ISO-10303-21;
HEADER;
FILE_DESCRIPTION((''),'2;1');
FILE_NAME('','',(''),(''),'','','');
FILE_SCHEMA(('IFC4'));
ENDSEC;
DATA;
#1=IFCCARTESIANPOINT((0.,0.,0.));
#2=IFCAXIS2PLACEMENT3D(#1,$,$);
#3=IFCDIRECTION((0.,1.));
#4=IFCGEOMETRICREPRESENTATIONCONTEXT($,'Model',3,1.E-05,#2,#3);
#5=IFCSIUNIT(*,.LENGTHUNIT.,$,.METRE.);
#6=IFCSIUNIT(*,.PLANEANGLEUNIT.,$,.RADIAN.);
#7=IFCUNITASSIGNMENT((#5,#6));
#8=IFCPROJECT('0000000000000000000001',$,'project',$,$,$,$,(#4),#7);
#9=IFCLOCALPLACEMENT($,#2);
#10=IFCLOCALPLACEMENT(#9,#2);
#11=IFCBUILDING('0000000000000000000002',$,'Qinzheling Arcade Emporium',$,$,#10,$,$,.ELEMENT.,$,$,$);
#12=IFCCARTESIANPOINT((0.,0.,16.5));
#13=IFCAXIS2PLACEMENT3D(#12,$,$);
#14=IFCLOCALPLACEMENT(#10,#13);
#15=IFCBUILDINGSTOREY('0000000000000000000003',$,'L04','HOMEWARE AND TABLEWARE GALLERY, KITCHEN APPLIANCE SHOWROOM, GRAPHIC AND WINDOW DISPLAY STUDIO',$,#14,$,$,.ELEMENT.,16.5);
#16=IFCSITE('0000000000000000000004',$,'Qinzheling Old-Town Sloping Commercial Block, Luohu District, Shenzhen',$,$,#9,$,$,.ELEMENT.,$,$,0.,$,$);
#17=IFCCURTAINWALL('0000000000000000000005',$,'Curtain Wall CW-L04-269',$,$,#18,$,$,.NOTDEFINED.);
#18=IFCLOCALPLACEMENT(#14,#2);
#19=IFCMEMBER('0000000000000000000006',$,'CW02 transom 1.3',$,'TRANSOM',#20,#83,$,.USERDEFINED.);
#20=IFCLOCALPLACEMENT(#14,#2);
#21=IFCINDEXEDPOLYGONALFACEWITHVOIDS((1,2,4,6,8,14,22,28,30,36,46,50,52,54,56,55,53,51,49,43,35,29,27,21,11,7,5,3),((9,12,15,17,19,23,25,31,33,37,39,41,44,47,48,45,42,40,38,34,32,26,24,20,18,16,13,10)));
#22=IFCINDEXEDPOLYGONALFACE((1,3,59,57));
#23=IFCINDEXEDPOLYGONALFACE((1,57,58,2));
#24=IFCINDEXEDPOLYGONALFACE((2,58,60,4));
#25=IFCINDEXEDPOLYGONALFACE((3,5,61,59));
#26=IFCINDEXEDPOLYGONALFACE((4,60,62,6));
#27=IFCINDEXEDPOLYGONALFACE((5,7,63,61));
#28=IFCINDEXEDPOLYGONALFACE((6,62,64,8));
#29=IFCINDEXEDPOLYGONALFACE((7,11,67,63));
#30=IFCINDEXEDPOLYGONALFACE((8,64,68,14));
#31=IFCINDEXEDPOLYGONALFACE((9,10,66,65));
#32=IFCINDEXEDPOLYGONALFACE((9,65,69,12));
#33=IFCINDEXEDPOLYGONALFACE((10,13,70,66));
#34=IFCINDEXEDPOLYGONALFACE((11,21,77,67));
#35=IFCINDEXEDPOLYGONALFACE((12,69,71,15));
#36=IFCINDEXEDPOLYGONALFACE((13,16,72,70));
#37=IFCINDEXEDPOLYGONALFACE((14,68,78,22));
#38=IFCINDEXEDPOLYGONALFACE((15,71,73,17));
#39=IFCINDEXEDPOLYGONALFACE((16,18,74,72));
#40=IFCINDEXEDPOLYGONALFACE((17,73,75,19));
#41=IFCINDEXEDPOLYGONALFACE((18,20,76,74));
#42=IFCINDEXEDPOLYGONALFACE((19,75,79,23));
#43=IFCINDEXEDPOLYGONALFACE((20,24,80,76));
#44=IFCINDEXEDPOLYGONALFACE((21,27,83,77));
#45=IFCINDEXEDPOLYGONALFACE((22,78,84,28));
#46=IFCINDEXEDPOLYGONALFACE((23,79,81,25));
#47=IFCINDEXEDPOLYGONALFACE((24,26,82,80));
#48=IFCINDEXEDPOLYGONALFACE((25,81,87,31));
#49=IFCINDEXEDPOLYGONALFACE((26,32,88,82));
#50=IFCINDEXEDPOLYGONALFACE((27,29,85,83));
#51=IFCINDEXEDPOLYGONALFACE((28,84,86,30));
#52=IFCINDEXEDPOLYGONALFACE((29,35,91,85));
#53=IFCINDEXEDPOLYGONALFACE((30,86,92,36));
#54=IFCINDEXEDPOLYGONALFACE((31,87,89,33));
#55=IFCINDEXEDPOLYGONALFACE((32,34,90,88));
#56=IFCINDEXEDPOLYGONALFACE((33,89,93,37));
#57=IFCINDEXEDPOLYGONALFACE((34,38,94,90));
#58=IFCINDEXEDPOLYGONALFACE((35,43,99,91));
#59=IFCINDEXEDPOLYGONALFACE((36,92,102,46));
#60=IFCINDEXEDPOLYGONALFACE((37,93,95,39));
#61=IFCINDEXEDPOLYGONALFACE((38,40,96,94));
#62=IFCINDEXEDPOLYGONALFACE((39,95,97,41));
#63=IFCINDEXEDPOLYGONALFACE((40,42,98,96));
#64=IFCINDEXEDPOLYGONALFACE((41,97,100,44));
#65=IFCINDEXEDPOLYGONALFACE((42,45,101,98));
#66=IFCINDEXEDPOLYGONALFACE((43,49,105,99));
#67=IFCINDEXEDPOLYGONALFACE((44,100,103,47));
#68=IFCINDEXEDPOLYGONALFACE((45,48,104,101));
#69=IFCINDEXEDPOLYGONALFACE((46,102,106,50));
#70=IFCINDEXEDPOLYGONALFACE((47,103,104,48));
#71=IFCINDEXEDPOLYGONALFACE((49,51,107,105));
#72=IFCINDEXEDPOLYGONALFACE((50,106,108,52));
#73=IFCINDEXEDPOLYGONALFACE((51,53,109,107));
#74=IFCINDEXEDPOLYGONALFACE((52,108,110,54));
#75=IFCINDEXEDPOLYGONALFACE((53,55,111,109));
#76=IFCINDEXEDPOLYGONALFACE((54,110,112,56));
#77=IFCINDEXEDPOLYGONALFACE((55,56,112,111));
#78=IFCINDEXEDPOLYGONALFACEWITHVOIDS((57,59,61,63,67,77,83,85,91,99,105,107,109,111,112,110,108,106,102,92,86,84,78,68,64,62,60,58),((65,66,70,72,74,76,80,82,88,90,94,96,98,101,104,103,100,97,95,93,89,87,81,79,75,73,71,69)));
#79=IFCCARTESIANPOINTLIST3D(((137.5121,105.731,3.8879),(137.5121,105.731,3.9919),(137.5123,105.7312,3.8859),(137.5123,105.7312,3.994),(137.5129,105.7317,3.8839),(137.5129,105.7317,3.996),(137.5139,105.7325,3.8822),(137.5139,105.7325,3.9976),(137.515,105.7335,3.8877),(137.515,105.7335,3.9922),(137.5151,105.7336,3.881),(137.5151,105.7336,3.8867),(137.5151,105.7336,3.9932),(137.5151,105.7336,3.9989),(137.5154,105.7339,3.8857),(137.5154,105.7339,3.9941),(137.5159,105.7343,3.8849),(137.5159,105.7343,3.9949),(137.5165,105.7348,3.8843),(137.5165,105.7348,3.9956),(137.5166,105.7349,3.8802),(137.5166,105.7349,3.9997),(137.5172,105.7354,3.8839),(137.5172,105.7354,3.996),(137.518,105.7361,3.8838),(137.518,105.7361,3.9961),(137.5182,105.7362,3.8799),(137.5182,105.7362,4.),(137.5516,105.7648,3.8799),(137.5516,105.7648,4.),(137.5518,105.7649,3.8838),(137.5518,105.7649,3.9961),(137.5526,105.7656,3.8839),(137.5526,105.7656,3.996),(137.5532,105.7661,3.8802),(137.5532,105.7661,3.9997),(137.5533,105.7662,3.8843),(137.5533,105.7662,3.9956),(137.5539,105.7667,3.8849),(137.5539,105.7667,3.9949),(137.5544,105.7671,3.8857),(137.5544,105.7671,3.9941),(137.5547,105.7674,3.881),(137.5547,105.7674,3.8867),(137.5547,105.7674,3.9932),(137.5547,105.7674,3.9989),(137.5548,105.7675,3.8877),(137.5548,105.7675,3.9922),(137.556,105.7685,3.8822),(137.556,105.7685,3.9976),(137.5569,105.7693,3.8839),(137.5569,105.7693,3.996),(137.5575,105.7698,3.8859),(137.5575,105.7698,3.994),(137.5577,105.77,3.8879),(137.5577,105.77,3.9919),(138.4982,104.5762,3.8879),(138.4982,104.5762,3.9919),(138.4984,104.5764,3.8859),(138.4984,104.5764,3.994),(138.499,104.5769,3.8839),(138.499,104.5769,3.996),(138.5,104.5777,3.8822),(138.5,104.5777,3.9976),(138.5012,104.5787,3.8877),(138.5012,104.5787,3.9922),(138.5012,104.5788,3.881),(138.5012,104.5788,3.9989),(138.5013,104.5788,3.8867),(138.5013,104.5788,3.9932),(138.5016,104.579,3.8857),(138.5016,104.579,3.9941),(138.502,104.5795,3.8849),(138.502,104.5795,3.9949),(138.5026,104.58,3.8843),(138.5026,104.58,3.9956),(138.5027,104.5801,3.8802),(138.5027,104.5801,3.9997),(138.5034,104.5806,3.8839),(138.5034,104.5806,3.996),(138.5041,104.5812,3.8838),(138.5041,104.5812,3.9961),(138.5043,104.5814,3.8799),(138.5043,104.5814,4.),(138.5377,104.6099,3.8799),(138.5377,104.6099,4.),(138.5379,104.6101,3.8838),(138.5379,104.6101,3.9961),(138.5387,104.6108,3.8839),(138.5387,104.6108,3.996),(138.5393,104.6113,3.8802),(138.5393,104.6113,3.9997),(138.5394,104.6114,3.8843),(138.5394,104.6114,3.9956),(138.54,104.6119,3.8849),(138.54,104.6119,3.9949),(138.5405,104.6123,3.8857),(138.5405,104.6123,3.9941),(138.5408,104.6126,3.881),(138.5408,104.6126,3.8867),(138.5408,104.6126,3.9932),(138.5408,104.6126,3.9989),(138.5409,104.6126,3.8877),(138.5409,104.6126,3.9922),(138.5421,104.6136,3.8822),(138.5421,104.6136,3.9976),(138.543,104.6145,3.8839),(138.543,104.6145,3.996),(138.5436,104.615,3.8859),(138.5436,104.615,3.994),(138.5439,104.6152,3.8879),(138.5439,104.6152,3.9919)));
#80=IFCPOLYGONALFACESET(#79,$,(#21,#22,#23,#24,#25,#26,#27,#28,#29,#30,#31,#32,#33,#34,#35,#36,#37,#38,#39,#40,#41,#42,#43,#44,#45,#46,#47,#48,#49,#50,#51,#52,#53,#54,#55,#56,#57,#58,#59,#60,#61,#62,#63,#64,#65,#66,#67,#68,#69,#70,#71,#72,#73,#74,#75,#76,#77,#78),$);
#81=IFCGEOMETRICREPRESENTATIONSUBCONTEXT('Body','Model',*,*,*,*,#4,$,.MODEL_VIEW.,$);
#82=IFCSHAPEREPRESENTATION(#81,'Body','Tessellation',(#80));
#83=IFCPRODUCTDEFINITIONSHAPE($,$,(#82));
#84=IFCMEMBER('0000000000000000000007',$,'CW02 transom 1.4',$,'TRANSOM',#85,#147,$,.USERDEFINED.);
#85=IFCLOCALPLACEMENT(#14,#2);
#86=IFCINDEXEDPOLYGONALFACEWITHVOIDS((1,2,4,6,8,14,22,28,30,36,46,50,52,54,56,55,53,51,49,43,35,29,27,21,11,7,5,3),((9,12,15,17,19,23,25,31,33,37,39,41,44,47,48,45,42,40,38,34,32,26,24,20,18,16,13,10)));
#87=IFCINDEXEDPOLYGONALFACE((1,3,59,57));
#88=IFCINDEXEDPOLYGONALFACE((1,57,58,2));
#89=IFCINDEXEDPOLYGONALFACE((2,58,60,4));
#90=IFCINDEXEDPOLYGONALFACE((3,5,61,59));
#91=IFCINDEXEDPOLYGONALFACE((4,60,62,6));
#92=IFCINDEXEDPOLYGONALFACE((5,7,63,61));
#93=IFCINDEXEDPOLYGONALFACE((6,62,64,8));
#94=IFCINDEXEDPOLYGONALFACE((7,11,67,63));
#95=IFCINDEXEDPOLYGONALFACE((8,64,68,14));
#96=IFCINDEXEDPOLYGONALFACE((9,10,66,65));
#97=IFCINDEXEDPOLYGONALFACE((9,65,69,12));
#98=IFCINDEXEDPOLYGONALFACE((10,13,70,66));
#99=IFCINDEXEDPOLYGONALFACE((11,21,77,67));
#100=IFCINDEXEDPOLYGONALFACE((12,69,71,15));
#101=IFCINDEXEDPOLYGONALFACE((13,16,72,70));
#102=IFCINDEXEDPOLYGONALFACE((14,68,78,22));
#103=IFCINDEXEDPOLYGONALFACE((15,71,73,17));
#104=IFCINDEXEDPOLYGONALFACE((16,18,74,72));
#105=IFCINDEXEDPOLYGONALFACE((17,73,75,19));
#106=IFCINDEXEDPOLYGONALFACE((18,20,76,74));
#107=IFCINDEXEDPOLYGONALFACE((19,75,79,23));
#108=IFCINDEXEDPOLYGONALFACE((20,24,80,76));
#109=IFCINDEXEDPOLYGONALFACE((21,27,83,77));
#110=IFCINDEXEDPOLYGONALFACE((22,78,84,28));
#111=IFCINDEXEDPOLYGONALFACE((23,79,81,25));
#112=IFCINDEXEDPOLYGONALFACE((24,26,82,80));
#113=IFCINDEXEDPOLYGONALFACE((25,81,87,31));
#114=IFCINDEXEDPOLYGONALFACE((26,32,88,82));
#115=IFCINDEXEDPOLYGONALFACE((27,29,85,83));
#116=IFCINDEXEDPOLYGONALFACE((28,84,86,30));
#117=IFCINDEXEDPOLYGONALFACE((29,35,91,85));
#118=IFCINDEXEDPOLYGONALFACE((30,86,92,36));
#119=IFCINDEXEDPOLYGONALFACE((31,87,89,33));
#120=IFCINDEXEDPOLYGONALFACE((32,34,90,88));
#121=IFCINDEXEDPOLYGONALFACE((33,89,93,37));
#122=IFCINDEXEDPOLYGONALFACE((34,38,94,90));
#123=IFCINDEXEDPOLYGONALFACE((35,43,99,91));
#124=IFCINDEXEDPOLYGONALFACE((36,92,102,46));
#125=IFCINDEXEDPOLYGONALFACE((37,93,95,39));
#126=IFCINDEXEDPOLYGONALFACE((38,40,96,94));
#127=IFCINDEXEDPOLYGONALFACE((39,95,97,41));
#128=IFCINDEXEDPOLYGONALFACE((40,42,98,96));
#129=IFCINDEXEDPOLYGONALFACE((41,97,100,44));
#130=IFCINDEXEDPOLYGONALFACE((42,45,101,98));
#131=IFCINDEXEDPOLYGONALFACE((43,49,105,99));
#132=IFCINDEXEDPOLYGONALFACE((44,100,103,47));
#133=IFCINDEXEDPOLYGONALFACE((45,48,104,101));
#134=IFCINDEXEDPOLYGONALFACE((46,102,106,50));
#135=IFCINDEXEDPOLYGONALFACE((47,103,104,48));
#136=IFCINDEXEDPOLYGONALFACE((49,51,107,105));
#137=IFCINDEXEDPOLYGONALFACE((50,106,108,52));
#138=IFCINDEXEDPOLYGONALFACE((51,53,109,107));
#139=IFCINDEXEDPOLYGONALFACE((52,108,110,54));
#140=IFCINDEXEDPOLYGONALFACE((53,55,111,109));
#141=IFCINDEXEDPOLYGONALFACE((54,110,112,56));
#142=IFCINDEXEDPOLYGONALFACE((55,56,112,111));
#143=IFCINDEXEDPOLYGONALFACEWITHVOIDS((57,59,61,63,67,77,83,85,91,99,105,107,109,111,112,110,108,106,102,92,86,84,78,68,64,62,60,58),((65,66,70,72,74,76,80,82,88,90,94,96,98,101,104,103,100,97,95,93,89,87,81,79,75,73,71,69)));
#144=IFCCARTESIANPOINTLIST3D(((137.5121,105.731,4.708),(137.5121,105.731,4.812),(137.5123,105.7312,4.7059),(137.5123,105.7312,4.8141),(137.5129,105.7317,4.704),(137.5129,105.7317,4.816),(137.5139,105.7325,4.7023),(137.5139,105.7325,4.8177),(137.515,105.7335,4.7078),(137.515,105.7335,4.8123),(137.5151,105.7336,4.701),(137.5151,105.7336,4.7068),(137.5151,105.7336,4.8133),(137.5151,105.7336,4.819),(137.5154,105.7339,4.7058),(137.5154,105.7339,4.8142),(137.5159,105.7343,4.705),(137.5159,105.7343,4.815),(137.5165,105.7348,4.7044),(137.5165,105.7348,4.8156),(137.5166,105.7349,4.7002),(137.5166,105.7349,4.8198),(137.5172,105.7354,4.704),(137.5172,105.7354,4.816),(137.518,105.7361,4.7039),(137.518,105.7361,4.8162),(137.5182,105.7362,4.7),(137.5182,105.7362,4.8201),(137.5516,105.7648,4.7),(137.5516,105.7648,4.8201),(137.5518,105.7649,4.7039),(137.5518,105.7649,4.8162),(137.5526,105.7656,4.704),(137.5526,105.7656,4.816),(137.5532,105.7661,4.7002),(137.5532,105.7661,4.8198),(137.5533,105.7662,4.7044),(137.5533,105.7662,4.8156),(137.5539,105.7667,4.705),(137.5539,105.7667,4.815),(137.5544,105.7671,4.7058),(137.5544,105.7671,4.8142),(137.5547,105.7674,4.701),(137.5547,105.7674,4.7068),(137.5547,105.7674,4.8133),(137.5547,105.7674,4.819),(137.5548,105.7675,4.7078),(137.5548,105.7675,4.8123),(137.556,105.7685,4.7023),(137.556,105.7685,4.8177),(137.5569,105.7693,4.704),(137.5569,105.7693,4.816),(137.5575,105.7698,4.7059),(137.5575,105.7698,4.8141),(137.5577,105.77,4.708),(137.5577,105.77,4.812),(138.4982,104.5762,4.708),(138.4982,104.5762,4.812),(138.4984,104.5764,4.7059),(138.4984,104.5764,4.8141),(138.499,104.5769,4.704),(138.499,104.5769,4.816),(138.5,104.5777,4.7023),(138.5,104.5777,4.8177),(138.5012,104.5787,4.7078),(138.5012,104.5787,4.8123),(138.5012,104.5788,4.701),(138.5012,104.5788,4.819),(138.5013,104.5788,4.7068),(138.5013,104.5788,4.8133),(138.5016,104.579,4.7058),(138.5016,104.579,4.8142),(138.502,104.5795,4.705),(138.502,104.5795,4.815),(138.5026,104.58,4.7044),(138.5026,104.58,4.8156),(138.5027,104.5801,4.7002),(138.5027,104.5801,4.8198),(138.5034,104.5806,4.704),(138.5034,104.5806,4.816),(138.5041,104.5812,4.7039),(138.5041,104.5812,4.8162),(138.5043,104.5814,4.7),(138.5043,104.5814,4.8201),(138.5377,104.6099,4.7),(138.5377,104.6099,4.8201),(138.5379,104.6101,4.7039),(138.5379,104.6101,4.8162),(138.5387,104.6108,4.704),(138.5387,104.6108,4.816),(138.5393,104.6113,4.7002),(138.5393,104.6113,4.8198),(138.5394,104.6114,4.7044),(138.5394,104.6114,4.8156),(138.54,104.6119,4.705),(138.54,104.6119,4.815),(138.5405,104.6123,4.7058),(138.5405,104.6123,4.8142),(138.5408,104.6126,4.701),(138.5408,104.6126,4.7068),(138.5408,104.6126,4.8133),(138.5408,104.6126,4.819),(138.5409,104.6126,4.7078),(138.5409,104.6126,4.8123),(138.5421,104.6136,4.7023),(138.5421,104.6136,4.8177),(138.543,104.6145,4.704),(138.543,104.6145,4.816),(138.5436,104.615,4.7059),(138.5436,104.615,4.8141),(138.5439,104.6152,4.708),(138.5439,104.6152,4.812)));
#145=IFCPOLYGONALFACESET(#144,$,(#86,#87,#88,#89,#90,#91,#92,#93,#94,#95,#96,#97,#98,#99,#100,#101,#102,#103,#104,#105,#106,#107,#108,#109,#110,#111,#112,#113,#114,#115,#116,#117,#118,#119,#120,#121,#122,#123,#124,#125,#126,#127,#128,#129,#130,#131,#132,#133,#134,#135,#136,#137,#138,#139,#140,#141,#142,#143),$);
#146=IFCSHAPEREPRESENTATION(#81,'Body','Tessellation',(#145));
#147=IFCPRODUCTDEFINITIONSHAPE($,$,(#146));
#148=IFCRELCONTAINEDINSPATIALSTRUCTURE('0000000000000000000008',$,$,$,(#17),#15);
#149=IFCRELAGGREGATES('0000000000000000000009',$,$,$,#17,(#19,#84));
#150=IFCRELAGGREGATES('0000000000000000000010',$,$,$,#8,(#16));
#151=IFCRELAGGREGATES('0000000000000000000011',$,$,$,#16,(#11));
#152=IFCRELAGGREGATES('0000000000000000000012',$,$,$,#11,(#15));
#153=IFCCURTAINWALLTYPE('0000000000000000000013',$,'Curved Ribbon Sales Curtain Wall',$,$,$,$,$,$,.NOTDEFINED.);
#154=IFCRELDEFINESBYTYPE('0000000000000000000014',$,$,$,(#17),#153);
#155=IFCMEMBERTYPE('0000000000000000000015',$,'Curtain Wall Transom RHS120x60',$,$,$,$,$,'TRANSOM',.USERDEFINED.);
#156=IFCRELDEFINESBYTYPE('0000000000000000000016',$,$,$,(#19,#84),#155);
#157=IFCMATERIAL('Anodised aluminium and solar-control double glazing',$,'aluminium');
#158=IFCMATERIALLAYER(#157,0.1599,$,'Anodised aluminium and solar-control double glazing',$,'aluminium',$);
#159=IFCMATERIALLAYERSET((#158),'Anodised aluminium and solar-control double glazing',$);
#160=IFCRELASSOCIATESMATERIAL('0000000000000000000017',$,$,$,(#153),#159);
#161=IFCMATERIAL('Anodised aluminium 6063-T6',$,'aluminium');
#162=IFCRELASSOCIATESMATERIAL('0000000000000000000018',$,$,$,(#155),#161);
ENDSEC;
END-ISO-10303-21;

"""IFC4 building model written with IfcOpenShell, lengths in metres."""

from ifc_helpers import new_model, si_unit, direction, frame, origin, origin_2d, place, context, subcontext, project, spatial, hollow_rectangle, extrude, material, layer, layer_set, material_profile, profile_set, type_object, element, aggregate, save


model = new_model("IFC4")

# Units and contexts
model_context = context("Model", 3, precision=1e-05, world=origin(), true_north=direction((0.0, 1.0)))
body_context = subcontext(model_context, "Body", "Model", "MODEL_VIEW")
ifc_project = project(units=[si_unit("LENGTHUNIT", "METRE"), si_unit("PLANEANGLEUNIT", "RADIAN")], contexts=[model_context])

# Site, building, storey
site_placement = place(None, origin())
site = spatial("IfcSite", under=ifc_project, at=site_placement, Name="Qinzheling Old-Town Sloping Commercial Block, Luohu District, Shenzhen", CompositionType="ELEMENT", RefElevation=0.0)
building_placement = place(site_placement, origin())
building = spatial("IfcBuilding", under=site, at=building_placement, Name="Qinzheling Arcade Emporium", CompositionType="ELEMENT")
storey_placement = place(building_placement, frame((0.0, 0.0, 16.5)))
storey = spatial("IfcBuildingStorey", under=building, at=storey_placement, Name="L04", Description="HOMEWARE AND TABLEWARE GALLERY, KITCHEN APPLIANCE SHOWROOM, GRAPHIC AND WINDOW DISPLAY STUDIO", CompositionType="ELEMENT", Elevation=16.5)

# Curtain wall
ifc_material_1 = material(Name="Anodised aluminium and solar-control double glazing", Category="aluminium")
ifc_layer_1 = layer(ifc_material_1, 0.1599, Name="Anodised aluminium and solar-control double glazing", Category="aluminium")
ifc_layer_set_1 = layer_set([ifc_layer_1], Name="Anodised aluminium and solar-control double glazing")
curtain_wall_type = type_object("IfcCurtainWallType", Name="Curved Ribbon Sales Curtain Wall", PredefinedType="NOTDEFINED", material=ifc_layer_set_1)
ifc_material_2 = material(Name="Anodised aluminium 6063-T6", Category="aluminium")
curtain_wall_1_placement = place(storey_placement, origin())
curtain_wall_1 = element("IfcCurtainWall", 1, at=curtain_wall_1_placement, inside=storey, type_object=curtain_wall_type, Name="Curtain Wall CW-L04-269", PredefinedType="NOTDEFINED")

# Members
ifc_material_profile_1 = material_profile(ifc_material_2, hollow_rectangle(XDim=0.0601, YDim=0.1201, WallThickness=0.0039, InnerFilletRadius=0.0039, OuterFilletRadius=0.0081, at=origin_2d()), Name="RHS 120x60x4", Category="aluminium")
ifc_profile_set_1 = profile_set([ifc_material_profile_1], Name="Anodised aluminium 6063-T6")
member_type_1 = type_object("IfcMemberType", Name="Curtain Wall Transom RHS120x60", ElementType="TRANSOM", PredefinedType="USERDEFINED", material=ifc_profile_set_1)
member_1_placement = place(storey_placement, frame((137.5349, 105.7505, 3.9399), z_axis=(0.649374, -0.76047, 0.0), x_axis=(0.76047, 0.649374, 0.0)))
member_1 = element("IfcMember", 2, at=member_1_placement, type_object=member_type_1, Name="CW02 transom 1.3", ObjectType="TRANSOM", PredefinedType="USERDEFINED", context=body_context, shape_type="SweptSolid", body=[
    extrude(hollow_rectangle(XDim=0.0601, YDim=0.1201, WallThickness=0.0039, InnerFilletRadius=0.0039, OuterFilletRadius=0.0081, at=origin_2d()), origin(), (0.0, 0.0, 1.0), 1.5186),
])
member_2_placement = place(storey_placement, frame((137.5349, 105.7505, 4.76), z_axis=(0.649374, -0.76047, 0.0), x_axis=(0.76047, 0.649374, 0.0)))
member_2 = element("IfcMember", 3, at=member_2_placement, type_object=member_type_1, Name="CW02 transom 1.4", ObjectType="TRANSOM", PredefinedType="USERDEFINED", context=body_context, shape_type="SweptSolid", body=[
    extrude(hollow_rectangle(XDim=0.0601, YDim=0.1201, WallThickness=0.0039, InnerFilletRadius=0.0039, OuterFilletRadius=0.0081, at=origin_2d()), origin(), (0.0, 0.0, 1.0), 1.5186),
])

aggregate(curtain_wall_1, [member_1, member_2])

save(model, "model.ifc")
